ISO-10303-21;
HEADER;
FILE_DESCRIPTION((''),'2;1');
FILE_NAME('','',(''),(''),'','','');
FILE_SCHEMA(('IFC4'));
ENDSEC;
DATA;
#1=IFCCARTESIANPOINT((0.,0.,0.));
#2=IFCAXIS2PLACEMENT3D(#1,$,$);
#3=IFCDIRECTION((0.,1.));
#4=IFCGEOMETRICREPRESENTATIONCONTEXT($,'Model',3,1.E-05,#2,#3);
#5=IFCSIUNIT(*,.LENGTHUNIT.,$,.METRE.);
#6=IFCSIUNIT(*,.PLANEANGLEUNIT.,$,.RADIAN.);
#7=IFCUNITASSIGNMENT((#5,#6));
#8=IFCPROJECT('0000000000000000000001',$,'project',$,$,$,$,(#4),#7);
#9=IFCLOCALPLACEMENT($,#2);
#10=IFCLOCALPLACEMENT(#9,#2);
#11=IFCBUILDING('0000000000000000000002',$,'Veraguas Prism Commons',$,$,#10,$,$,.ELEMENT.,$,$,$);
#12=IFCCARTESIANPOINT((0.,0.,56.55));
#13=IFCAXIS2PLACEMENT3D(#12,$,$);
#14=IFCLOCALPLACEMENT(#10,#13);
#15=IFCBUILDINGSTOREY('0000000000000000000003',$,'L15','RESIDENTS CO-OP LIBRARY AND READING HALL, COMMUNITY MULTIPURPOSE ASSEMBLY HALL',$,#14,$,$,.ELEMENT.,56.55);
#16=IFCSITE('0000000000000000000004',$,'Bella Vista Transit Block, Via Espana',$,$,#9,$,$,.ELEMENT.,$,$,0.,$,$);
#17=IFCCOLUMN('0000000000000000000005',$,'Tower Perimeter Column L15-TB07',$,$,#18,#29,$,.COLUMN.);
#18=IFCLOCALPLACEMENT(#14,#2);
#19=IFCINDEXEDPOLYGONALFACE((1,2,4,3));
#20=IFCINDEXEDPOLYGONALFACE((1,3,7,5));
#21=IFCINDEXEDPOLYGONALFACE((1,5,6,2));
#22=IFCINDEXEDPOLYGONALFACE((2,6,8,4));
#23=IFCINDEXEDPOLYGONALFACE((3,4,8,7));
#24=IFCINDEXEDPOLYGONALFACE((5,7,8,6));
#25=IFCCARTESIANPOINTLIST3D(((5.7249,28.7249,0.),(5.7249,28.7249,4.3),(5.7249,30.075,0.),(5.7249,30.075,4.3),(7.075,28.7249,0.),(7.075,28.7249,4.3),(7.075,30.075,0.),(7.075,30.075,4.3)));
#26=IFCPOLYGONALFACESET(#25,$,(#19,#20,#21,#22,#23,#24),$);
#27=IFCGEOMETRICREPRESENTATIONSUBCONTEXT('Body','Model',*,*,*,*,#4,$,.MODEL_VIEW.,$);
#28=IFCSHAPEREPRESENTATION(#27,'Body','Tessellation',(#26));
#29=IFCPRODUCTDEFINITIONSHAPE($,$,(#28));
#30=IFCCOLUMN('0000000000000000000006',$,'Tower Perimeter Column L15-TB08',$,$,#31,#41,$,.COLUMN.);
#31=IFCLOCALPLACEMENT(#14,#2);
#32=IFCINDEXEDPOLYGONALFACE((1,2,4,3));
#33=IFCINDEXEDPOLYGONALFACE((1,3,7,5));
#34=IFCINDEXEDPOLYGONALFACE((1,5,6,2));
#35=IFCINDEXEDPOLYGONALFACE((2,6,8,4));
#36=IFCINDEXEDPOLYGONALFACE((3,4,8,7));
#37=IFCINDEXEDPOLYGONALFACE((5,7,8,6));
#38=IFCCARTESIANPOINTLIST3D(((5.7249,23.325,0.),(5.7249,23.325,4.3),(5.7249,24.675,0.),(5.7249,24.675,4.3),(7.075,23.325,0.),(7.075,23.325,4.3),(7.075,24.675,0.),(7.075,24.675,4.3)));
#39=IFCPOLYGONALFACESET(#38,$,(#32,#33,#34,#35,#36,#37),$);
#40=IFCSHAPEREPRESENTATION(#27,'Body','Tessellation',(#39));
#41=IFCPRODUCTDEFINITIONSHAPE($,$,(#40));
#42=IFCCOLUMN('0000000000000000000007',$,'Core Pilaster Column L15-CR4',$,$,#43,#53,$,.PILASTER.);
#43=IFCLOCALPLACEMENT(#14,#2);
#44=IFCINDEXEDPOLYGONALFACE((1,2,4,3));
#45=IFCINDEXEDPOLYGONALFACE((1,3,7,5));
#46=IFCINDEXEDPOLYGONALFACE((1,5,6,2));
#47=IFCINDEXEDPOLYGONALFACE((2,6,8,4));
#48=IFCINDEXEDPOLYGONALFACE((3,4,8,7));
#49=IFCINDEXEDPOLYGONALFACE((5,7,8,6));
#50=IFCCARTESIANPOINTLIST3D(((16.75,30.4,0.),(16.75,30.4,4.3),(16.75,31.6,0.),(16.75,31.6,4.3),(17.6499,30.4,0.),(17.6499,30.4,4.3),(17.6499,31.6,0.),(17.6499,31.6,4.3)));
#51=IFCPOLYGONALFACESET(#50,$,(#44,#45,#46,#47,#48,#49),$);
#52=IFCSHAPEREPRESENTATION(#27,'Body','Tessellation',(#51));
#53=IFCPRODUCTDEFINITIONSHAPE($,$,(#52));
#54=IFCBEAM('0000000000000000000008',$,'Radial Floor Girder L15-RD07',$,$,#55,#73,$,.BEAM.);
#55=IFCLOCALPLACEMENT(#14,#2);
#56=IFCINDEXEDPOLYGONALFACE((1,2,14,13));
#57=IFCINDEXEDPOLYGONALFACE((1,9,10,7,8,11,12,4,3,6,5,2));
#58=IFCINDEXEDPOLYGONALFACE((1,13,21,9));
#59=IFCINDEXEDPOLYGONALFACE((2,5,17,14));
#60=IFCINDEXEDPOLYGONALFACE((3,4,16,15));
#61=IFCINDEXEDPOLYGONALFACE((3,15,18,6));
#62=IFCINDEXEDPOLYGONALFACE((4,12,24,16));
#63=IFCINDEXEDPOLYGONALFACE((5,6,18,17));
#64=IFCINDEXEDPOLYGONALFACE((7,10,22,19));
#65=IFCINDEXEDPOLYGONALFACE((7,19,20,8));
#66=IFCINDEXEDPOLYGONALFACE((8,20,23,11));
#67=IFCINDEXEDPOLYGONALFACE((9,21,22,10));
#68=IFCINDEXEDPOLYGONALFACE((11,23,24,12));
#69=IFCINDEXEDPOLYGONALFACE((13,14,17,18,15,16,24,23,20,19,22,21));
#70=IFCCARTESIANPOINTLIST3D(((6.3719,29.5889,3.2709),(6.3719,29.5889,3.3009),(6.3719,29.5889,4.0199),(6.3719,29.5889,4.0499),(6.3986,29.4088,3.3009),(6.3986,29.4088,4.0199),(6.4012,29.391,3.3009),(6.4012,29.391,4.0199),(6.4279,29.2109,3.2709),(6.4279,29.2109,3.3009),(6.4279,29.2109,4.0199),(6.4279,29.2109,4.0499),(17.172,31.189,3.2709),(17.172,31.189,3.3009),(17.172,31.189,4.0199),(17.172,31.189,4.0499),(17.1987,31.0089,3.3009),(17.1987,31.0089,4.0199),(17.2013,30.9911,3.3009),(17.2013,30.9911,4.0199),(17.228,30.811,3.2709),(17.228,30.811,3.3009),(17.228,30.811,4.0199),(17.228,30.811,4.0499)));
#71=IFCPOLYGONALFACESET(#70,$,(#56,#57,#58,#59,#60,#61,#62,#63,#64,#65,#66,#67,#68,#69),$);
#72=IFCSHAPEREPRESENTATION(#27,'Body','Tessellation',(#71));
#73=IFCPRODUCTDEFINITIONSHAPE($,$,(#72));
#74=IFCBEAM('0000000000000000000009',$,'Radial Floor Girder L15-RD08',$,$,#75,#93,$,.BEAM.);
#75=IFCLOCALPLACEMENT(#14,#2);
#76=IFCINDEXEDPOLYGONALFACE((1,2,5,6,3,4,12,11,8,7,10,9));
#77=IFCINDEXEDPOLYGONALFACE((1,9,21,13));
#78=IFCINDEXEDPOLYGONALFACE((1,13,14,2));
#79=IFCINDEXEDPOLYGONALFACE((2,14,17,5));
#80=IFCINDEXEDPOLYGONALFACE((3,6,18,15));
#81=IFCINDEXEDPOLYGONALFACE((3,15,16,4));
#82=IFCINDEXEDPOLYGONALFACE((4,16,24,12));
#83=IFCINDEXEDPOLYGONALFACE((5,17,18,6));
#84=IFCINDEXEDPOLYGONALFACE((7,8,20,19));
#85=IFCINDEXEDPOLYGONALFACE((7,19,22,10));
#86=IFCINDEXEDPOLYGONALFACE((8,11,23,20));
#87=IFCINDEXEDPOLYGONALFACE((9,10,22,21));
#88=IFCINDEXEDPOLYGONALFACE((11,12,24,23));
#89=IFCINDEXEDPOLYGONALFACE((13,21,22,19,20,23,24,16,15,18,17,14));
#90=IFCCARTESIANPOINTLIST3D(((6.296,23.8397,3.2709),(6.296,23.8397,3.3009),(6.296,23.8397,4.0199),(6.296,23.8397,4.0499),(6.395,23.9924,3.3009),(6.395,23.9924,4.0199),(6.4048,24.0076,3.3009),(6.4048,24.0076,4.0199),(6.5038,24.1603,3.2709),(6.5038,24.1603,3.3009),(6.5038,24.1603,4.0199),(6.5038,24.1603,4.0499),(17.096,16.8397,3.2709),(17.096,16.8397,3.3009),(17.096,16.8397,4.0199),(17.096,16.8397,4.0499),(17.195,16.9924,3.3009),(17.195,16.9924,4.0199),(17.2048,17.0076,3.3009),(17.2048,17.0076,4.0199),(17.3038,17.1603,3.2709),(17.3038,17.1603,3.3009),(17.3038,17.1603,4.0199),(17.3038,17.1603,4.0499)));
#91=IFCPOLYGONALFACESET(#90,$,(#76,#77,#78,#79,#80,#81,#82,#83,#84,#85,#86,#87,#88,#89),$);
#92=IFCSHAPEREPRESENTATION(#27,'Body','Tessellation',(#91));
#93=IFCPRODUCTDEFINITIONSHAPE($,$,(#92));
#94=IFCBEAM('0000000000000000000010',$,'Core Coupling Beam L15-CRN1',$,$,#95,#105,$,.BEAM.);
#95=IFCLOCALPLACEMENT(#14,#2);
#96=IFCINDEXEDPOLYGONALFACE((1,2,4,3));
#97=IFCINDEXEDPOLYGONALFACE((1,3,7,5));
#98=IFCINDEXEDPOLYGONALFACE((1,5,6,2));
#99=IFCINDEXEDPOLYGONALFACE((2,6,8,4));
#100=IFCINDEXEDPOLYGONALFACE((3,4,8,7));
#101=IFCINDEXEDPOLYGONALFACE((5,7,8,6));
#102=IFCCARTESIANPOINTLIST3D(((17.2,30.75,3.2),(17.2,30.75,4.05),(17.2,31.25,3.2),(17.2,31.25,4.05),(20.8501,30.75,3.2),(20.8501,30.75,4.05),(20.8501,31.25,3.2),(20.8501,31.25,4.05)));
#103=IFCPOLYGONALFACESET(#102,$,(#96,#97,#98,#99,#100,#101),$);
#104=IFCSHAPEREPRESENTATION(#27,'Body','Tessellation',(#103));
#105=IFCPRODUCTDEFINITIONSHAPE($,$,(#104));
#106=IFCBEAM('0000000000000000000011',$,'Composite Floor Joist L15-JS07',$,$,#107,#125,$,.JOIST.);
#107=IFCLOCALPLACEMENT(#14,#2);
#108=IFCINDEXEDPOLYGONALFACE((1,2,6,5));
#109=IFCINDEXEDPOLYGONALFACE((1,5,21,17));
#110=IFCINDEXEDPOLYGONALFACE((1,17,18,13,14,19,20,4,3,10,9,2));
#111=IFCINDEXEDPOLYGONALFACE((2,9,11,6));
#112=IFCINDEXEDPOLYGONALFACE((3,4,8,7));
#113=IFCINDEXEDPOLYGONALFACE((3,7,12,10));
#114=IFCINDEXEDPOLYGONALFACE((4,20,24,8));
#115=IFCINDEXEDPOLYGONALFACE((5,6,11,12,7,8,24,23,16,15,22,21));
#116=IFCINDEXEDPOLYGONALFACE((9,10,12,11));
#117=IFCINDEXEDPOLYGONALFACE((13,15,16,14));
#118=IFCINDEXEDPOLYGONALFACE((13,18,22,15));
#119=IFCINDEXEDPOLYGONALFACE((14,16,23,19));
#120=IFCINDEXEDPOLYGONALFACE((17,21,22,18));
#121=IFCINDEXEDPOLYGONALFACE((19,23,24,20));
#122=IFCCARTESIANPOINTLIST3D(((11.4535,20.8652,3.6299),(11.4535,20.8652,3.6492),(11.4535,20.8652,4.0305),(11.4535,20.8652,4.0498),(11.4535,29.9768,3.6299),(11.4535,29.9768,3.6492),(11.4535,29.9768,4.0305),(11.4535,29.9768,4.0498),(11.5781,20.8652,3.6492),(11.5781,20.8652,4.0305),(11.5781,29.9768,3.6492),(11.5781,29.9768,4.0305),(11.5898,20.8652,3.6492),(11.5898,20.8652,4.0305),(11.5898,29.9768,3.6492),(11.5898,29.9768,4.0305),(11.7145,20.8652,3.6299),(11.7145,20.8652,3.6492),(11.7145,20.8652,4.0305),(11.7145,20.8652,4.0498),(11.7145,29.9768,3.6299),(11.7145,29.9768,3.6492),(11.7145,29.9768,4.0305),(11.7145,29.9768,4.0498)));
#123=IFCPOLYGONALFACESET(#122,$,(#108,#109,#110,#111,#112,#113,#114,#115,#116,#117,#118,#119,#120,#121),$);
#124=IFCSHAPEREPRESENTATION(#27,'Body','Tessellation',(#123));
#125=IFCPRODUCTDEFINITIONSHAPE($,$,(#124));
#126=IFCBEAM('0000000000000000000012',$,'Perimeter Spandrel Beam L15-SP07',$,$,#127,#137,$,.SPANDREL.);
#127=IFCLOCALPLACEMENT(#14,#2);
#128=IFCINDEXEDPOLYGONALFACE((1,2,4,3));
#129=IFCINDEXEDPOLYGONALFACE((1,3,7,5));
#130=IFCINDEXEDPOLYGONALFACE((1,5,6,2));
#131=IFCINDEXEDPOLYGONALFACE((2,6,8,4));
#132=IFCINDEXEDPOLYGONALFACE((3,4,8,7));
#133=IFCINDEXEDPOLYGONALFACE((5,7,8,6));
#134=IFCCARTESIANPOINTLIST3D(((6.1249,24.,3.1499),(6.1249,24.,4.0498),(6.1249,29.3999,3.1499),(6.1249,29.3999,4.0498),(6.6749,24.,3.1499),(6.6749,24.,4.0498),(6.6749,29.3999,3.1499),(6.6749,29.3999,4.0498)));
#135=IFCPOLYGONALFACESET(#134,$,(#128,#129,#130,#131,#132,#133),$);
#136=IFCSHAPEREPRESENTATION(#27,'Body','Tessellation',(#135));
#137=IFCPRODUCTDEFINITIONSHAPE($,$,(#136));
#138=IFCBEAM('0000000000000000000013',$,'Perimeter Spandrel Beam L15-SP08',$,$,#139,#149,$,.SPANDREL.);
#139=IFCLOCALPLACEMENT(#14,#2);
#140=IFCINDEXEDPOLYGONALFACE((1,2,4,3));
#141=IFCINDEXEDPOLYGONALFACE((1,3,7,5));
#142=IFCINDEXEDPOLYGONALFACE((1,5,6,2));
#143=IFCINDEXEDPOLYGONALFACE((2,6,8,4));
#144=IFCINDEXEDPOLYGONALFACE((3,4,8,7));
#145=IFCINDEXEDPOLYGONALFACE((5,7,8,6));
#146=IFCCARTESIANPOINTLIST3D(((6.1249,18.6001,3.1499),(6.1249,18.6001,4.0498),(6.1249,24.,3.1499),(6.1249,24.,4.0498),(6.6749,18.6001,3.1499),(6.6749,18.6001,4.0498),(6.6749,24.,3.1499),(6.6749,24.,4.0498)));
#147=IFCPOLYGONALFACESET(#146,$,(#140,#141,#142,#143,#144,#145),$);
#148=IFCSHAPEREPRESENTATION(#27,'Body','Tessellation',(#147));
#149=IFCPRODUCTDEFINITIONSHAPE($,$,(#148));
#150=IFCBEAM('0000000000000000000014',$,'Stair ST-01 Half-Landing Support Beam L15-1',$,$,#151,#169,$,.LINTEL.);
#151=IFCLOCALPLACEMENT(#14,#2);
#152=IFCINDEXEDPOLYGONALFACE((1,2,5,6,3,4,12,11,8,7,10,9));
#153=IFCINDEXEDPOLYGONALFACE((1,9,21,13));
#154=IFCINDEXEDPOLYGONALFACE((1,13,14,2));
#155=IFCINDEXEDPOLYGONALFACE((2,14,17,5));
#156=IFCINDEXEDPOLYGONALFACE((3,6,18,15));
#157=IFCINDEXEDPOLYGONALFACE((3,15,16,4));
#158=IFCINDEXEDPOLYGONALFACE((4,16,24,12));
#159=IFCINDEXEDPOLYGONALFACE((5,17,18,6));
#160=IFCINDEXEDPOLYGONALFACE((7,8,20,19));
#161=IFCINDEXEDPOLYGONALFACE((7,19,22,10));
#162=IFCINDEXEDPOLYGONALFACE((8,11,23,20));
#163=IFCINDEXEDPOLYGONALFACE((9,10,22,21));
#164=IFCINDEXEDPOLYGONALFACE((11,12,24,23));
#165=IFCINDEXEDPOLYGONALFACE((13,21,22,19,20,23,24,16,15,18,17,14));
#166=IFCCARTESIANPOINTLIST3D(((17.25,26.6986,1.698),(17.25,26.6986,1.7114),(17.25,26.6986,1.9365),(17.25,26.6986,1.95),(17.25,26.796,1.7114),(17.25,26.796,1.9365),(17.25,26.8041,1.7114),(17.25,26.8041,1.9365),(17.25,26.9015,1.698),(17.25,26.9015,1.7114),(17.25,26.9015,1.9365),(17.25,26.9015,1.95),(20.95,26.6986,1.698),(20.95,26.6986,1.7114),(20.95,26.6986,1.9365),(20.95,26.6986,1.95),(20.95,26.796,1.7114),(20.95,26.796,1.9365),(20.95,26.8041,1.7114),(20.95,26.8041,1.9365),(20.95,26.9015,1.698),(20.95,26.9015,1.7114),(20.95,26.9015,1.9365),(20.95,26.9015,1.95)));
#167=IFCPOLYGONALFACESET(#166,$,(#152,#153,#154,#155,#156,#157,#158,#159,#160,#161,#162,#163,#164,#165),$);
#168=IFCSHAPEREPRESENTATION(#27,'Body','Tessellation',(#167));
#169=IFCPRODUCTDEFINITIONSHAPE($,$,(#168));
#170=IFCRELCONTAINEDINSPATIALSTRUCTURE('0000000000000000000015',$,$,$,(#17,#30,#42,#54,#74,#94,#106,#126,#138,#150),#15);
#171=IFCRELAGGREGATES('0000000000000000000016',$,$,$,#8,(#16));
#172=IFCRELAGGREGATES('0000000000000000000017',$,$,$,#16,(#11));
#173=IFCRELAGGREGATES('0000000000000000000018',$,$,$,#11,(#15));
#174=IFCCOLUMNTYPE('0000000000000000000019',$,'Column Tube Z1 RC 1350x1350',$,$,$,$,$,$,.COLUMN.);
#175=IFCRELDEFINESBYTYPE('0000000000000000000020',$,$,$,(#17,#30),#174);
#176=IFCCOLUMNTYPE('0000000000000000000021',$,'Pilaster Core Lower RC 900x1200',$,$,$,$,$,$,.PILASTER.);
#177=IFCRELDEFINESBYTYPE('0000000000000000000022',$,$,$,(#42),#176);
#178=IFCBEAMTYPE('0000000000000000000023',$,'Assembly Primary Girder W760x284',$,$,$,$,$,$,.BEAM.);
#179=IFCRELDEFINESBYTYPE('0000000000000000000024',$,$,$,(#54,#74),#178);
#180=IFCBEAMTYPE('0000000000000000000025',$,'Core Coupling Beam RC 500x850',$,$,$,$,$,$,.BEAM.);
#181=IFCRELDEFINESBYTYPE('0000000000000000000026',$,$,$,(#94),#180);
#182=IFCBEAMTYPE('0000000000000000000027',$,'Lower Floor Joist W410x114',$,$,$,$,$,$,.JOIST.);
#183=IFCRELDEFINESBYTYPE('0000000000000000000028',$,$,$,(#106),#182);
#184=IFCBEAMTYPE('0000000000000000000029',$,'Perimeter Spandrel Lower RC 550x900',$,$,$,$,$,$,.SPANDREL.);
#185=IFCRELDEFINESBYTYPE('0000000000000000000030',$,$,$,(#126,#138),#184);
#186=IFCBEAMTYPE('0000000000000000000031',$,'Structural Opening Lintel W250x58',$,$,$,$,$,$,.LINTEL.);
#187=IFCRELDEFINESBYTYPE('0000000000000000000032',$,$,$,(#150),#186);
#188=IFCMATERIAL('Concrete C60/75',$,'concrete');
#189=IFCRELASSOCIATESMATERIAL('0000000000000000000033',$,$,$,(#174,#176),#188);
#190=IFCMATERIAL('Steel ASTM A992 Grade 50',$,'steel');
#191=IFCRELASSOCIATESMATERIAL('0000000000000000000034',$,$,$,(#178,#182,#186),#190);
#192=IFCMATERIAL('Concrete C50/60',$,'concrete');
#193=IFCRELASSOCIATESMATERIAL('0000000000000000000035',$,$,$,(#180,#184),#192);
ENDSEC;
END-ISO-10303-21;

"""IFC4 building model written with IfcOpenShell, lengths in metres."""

from ifc_helpers import new_model, si_unit, direction, frame, origin, origin_2d, place, context, subcontext, project, spatial, rectangle, i_section, extrude, material, material_profile, profile_set, type_object, element, save


model = new_model("IFC4")

# Units and contexts
model_context = context("Model", 3, precision=1e-05, world=origin(), true_north=direction((0.0, 1.0)))
body_context = subcontext(model_context, "Body", "Model", "MODEL_VIEW")
ifc_project = project(units=[si_unit("LENGTHUNIT", "METRE"), si_unit("PLANEANGLEUNIT", "RADIAN")], contexts=[model_context])

# Site, building, storey
site_placement = place(None, origin())
site = spatial("IfcSite", under=ifc_project, at=site_placement, Name="Bella Vista Transit Block, Via Espana", CompositionType="ELEMENT", RefElevation=0.0)
building_placement = place(site_placement, origin())
building = spatial("IfcBuilding", under=site, at=building_placement, Name="Veraguas Prism Commons", CompositionType="ELEMENT")
storey_placement = place(building_placement, frame((0.0, 0.0, 56.55)))
storey = spatial("IfcBuildingStorey", under=building, at=storey_placement, Name="L15", Description="RESIDENTS CO-OP LIBRARY AND READING HALL, COMMUNITY MULTIPURPOSE ASSEMBLY HALL", CompositionType="ELEMENT", Elevation=56.55)

# Columns
ifc_material_1 = material(Name="Concrete C60/75", Category="concrete")
ifc_material_profile_1 = material_profile(ifc_material_1, rectangle(XDim=1.3501, YDim=1.3501, at=origin_2d()), Name="RC1350X1350")
ifc_profile_set_1 = profile_set([ifc_material_profile_1], Name="Concrete C60/75")
column_type_1 = type_object("IfcColumnType", Name="Column Tube Z1 RC 1350x1350", PredefinedType="COLUMN", material=ifc_profile_set_1)
for number, where, z_axis, x_axis, name in (
    (1, (6.3999, 29.3999, 0.0), (0.0, 0.0, 1.0), (1.0, 0.0, 0.0), "Tower Perimeter Column L15-TB07"),
    (2, (6.3999, 24.0, 0.0), (0.0, 0.0, 1.0), (1.0, 0.0, 0.0), "Tower Perimeter Column L15-TB08"),
):
    element("IfcColumn", number, at=place(storey_placement, frame(where, z_axis=z_axis, x_axis=x_axis)), inside=storey, type_object=column_type_1, Name=name, PredefinedType="COLUMN", context=body_context, shape_type="SweptSolid", body=[
        extrude(rectangle(XDim=1.3501, YDim=1.3501, at=origin_2d()), origin(), (0.0, 0.0, 1.0), 4.3),
    ])
ifc_material_profile_2 = material_profile(ifc_material_1, rectangle(XDim=0.8999, YDim=1.2, at=origin_2d()), Name="RC900X1200")
ifc_profile_set_2 = profile_set([ifc_material_profile_2], Name="Concrete C60/75")
column_type_2 = type_object("IfcColumnType", Name="Pilaster Core Lower RC 900x1200", PredefinedType="PILASTER", material=ifc_profile_set_2)
column_placement = place(storey_placement, frame((17.2, 31.0, 0.0), z_axis=(0.0, 0.0, 1.0), x_axis=(1.0, 0.0, 0.0)))
element("IfcColumn", 3, at=column_placement, inside=storey, type_object=column_type_2, Name="Core Pilaster Column L15-CR4", PredefinedType="PILASTER", context=body_context, shape_type="SweptSolid", body=[
    extrude(rectangle(XDim=0.8999, YDim=1.2, at=origin_2d()), origin(), (0.0, 0.0, 1.0), 4.3),
])

# Beams
ifc_material_2 = material(Name="Steel ASTM A992 Grade 50", Category="steel")
ifc_material_profile_3 = material_profile(ifc_material_2, i_section(OverallWidth=0.3821, OverallDepth=0.7791, WebThickness=0.0181, FlangeThickness=0.03, at=origin_2d()), Name="W760X284")
ifc_profile_set_3 = profile_set([ifc_material_profile_3], Name="Steel ASTM A992 Grade 50")
beam_type_1 = type_object("IfcBeamType", Name="Assembly Primary Girder W760x284", PredefinedType="BEAM", material=ifc_profile_set_3)
beam_1_placement = place(storey_placement, frame((6.3999, 29.3999, 3.6604), z_axis=(0.989202, 0.146557, 0.0), x_axis=(-0.146557, 0.989202, 0.0)))
element("IfcBeam", 4, at=beam_1_placement, inside=storey, type_object=beam_type_1, Name="Radial Floor Girder L15-RD07", PredefinedType="BEAM", context=body_context, shape_type="SweptSolid", body=[
    extrude(i_section(OverallWidth=0.3821, OverallDepth=0.7791, WebThickness=0.0181, FlangeThickness=0.03, at=origin_2d()), origin(), (0.0, 0.0, 1.0), 10.918),
])
beam_2_placement = place(storey_placement, frame((6.3999, 24.0, 3.6604), z_axis=(0.839154, -0.543894, 0.0), x_axis=(0.543894, 0.839154, 0.0)))
element("IfcBeam", 5, at=beam_2_placement, inside=storey, type_object=beam_type_1, Name="Radial Floor Girder L15-RD08", PredefinedType="BEAM", context=body_context, shape_type="SweptSolid", body=[
    extrude(i_section(OverallWidth=0.3821, OverallDepth=0.7791, WebThickness=0.0181, FlangeThickness=0.03, at=origin_2d()), origin(), (0.0, 0.0, 1.0), 12.8701),
])
ifc_material_3 = material(Name="Concrete C50/60", Category="concrete")
ifc_material_profile_4 = material_profile(ifc_material_3, rectangle(XDim=0.5, YDim=0.8501, at=origin_2d()), Name="RC500X850")
ifc_profile_set_4 = profile_set([ifc_material_profile_4], Name="Concrete C50/60")
beam_type_2 = type_object("IfcBeamType", Name="Core Coupling Beam RC 500x850", PredefinedType="BEAM", material=ifc_profile_set_4)
beam_3_placement = place(storey_placement, frame((17.2, 31.0, 3.625), z_axis=(1.0, 0.0, 0.0), x_axis=(0.0, 1.0, 0.0)))
element("IfcBeam", 6, at=beam_3_placement, inside=storey, type_object=beam_type_2, Name="Core Coupling Beam L15-CRN1", PredefinedType="BEAM", context=body_context, shape_type="SweptSolid", body=[
    extrude(rectangle(XDim=0.5, YDim=0.8501, at=origin_2d()), origin(), (0.0, 0.0, 1.0), 3.6501),
])
ifc_material_profile_5 = material_profile(ifc_material_2, i_section(OverallWidth=0.261, OverallDepth=0.4199, WebThickness=0.0117, FlangeThickness=0.0193, at=origin_2d()), Name="W410X114")
ifc_profile_set_5 = profile_set([ifc_material_profile_5], Name="Steel ASTM A992 Grade 50")
beam_type_3 = type_object("IfcBeamType", Name="Lower Floor Joist W410x114", PredefinedType="JOIST", material=ifc_profile_set_5)
beam_4_placement = place(storey_placement, frame((11.584, 29.9768, 3.8398), z_axis=(0.0, -1.0, 0.0), x_axis=(1.0, 0.0, 0.0)))
element("IfcBeam", 7, at=beam_4_placement, inside=storey, type_object=beam_type_3, Name="Composite Floor Joist L15-JS07", PredefinedType="JOIST", context=body_context, shape_type="SweptSolid", body=[
    extrude(i_section(OverallWidth=0.261, OverallDepth=0.4199, WebThickness=0.0117, FlangeThickness=0.0193, at=origin_2d()), origin(), (0.0, 0.0, 1.0), 9.1116),
])
ifc_material_profile_6 = material_profile(ifc_material_3, rectangle(XDim=0.55, YDim=0.8999, at=origin_2d()), Name="RC550X900")
ifc_profile_set_6 = profile_set([ifc_material_profile_6], Name="Concrete C50/60")
beam_type_4 = type_object("IfcBeamType", Name="Perimeter Spandrel Lower RC 550x900", PredefinedType="SPANDREL", material=ifc_profile_set_6)
for number, where, z_axis, x_axis, name in (
    (8, (6.3999, 29.3999, 3.5999), (0.0, -1.0, 0.0), (1.0, 0.0, 0.0), "Perimeter Spandrel Beam L15-SP07"),
    (9, (6.3999, 24.0, 3.5999), (0.0, -1.0, 0.0), (1.0, 0.0, 0.0), "Perimeter Spandrel Beam L15-SP08"),
):
    element("IfcBeam", number, at=place(storey_placement, frame(where, z_axis=z_axis, x_axis=x_axis)), inside=storey, type_object=beam_type_4, Name=name, PredefinedType="SPANDREL", context=body_context, shape_type="SweptSolid", body=[
        extrude(rectangle(XDim=0.55, YDim=0.8999, at=origin_2d()), origin(), (0.0, 0.0, 1.0), 5.3999),
    ])
ifc_material_profile_7 = material_profile(ifc_material_2, i_section(OverallWidth=0.2029, OverallDepth=0.252, WebThickness=0.0081, FlangeThickness=0.0134, at=origin_2d()), Name="W250X58")
ifc_profile_set_7 = profile_set([ifc_material_profile_7], Name="Steel ASTM A992 Grade 50")
beam_type_5 = type_object("IfcBeamType", Name="Structural Opening Lintel W250x58", PredefinedType="LINTEL", material=ifc_profile_set_7)
beam_5_placement = place(storey_placement, frame((17.25, 26.8, 1.824), z_axis=(1.0, 0.0, 0.0), x_axis=(0.0, 1.0, 0.0)))
element("IfcBeam", 10, at=beam_5_placement, inside=storey, type_object=beam_type_5, Name="Stair ST-01 Half-Landing Support Beam L15-1", PredefinedType="LINTEL", context=body_context, shape_type="SweptSolid", body=[
    extrude(i_section(OverallWidth=0.2029, OverallDepth=0.252, WebThickness=0.0081, FlangeThickness=0.0134, at=origin_2d()), origin(), (0.0, 0.0, 1.0), 3.7),
])

save(model, "model.ifc")
